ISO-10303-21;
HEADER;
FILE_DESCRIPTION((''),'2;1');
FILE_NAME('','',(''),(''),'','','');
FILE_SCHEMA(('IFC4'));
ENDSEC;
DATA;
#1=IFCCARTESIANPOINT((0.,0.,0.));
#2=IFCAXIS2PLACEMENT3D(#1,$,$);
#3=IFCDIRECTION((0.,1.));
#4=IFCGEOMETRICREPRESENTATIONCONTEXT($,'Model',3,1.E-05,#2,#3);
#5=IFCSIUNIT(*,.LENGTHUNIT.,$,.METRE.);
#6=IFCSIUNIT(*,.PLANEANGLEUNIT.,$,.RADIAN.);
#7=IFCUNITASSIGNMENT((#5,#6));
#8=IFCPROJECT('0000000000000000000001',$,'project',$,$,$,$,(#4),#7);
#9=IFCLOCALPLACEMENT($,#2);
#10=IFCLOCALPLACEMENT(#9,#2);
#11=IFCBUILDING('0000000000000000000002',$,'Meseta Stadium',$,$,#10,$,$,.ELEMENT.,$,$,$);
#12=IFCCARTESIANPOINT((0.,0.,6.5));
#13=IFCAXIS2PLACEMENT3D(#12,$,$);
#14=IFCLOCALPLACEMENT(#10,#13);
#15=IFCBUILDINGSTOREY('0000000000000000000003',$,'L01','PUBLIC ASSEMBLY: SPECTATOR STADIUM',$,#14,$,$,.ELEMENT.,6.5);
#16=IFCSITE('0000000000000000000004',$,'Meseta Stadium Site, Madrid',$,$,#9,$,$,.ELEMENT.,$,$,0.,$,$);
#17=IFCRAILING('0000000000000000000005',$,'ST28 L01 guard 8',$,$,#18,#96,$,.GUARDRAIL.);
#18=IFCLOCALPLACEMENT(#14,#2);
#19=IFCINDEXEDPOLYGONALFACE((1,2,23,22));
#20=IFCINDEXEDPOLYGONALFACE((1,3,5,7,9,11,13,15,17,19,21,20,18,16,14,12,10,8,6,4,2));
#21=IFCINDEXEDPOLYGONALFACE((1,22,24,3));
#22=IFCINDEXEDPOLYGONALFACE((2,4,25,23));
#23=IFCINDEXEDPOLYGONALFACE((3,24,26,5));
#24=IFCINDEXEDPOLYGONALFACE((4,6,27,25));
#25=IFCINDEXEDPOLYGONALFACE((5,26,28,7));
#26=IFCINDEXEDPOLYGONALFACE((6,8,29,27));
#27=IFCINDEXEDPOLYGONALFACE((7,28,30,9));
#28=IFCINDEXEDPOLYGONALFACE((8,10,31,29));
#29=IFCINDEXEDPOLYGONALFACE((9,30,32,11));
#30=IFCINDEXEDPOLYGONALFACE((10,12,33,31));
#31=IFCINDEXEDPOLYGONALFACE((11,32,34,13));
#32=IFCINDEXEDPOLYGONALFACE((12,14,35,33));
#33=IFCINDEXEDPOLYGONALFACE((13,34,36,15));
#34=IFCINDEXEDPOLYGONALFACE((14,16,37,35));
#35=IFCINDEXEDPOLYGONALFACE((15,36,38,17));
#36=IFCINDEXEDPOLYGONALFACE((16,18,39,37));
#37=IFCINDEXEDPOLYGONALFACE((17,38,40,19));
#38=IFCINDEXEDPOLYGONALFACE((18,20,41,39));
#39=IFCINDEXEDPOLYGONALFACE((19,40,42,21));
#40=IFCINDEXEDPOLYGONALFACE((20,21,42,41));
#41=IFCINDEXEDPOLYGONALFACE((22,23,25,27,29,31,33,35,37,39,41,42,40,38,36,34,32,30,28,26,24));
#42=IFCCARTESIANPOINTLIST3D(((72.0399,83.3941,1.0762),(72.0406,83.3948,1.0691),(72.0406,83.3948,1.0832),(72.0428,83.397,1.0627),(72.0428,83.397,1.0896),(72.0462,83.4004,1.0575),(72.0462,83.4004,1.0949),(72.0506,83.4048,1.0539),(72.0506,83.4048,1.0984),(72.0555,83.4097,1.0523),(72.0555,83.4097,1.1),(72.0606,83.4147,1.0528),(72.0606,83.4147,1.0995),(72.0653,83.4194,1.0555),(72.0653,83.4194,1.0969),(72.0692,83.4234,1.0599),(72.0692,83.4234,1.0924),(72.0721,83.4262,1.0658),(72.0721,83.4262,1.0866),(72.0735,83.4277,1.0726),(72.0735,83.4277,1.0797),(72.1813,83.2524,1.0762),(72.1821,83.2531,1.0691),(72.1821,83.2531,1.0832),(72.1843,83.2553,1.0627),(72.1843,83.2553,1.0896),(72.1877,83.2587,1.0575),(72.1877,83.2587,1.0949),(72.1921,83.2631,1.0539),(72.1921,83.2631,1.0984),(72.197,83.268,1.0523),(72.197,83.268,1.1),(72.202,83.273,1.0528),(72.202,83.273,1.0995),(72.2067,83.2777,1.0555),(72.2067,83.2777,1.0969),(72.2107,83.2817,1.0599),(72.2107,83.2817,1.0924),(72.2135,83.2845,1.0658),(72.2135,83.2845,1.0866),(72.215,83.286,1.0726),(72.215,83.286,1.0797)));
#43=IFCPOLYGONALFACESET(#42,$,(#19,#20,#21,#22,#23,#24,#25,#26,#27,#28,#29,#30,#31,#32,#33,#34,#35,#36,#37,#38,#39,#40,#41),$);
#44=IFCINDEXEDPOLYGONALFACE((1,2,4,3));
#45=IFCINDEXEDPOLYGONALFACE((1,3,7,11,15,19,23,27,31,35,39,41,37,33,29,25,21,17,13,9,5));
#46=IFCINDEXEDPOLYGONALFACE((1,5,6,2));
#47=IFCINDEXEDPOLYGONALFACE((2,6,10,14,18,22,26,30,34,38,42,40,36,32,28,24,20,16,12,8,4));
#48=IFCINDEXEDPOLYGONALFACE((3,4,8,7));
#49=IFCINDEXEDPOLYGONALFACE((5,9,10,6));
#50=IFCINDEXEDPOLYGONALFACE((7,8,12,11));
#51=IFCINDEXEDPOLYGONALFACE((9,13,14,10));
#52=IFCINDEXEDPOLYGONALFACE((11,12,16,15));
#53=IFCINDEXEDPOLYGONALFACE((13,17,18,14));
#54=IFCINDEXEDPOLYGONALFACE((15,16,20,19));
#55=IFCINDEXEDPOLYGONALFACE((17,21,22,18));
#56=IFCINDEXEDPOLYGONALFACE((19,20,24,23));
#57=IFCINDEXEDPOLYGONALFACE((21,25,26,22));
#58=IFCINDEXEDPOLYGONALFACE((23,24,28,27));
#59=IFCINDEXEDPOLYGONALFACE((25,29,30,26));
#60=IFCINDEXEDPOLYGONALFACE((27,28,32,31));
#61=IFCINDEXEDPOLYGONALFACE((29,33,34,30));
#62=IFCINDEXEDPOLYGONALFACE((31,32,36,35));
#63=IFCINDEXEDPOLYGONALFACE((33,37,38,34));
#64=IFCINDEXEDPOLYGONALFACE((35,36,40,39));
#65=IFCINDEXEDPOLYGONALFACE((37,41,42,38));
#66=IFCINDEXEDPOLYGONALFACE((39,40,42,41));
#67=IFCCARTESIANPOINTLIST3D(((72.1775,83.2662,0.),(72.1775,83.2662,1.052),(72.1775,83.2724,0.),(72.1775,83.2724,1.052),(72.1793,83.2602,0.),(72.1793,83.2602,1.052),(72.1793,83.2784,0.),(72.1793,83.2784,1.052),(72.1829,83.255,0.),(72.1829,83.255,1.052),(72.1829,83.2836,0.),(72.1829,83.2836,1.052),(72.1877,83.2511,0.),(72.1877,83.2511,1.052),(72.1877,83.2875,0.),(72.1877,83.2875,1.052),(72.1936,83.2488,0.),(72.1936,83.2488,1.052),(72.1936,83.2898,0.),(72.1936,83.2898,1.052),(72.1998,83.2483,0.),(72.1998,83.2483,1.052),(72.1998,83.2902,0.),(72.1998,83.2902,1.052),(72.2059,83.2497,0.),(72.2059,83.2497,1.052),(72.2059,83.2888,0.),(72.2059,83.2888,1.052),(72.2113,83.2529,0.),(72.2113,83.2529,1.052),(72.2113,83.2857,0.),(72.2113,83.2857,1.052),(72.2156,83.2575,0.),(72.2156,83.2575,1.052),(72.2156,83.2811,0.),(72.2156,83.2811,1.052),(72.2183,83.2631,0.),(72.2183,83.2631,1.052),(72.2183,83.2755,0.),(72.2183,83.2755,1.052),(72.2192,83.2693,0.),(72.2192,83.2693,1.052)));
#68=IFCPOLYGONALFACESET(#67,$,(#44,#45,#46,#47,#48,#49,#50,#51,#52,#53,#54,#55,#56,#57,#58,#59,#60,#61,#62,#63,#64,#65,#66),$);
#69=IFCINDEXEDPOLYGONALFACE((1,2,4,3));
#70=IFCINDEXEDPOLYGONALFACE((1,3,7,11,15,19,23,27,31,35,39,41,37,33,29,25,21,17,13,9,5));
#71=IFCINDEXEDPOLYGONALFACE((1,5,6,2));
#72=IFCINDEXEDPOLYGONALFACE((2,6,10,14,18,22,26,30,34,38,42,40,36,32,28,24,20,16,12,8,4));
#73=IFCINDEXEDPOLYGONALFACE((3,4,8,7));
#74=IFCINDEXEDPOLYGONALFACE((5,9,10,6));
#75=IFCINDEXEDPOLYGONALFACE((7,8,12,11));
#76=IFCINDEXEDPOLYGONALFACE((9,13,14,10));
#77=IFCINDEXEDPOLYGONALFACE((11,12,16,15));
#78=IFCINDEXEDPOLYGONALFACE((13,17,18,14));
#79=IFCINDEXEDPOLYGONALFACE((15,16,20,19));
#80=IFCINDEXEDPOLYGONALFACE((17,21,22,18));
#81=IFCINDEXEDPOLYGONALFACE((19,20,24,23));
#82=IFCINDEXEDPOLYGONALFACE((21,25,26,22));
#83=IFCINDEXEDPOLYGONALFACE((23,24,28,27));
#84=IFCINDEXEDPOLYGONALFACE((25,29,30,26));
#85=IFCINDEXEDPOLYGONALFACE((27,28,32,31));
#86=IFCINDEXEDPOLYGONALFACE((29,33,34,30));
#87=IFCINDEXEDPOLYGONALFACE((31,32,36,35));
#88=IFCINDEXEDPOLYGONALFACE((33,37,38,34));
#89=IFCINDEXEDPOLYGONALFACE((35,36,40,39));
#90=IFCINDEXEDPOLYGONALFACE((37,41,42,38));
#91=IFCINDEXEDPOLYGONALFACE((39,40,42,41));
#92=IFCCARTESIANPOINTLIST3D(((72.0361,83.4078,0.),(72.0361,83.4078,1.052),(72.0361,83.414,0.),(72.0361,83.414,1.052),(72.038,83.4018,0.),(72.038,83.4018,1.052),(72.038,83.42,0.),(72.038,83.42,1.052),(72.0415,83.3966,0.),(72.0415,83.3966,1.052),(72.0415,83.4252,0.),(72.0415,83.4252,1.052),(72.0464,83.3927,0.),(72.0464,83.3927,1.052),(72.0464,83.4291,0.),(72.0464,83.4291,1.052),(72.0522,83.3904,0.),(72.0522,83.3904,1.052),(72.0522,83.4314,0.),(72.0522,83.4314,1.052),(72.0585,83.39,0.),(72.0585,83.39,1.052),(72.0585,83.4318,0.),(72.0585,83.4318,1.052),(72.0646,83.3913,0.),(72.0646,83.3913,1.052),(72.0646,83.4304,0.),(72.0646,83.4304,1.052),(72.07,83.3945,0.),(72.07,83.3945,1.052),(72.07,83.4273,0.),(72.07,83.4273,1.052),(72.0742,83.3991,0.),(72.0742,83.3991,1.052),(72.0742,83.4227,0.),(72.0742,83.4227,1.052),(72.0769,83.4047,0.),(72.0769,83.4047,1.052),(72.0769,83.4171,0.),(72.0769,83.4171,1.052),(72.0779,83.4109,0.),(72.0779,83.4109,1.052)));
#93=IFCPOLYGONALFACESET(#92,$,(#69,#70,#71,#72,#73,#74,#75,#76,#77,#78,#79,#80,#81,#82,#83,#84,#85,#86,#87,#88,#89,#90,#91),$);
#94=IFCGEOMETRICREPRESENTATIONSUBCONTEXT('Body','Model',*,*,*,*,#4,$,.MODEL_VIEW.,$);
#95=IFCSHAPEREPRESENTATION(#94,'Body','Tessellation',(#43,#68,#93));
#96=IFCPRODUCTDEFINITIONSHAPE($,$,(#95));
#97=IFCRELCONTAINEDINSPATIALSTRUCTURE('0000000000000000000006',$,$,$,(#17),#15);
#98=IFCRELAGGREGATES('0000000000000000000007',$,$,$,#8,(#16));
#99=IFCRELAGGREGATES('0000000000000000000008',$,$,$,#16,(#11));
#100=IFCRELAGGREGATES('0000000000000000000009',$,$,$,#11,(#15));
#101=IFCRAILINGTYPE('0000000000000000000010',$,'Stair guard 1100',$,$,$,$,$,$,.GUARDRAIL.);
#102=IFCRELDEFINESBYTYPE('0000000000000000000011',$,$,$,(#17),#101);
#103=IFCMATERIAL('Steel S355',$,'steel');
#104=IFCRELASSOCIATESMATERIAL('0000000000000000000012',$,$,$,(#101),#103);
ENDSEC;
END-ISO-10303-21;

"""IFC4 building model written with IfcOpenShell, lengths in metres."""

from ifc_helpers import new_model, si_unit, direction, frame, origin, origin_2d, place, context, subcontext, project, spatial, circle, extrude, material, type_object, element, save


model = new_model("IFC4")

# Units and contexts
model_context = context("Model", 3, precision=1e-05, world=origin(), true_north=direction((0.0, 1.0)))
body_context = subcontext(model_context, "Body", "Model", "MODEL_VIEW")
ifc_project = project(units=[si_unit("LENGTHUNIT", "METRE"), si_unit("PLANEANGLEUNIT", "RADIAN")], contexts=[model_context])

# Site, building, storey
site_placement = place(None, origin())
site = spatial("IfcSite", under=ifc_project, at=site_placement, Name="Meseta Stadium Site, Madrid", CompositionType="ELEMENT", RefElevation=0.0)
building_placement = place(site_placement, origin())
building = spatial("IfcBuilding", under=site, at=building_placement, Name="Meseta Stadium", CompositionType="ELEMENT")
storey_placement = place(building_placement, frame((0.0, 0.0, 6.5)))
storey = spatial("IfcBuildingStorey", under=building, at=storey_placement, Name="L01", Description="PUBLIC ASSEMBLY: SPECTATOR STADIUM", CompositionType="ELEMENT", Elevation=6.5)

# Railing
ifc_material_1 = material(Name="Steel S355", Category="steel")
railing_type_1 = type_object("IfcRailingType", Name="Stair guard 1100", PredefinedType="GUARDRAIL", material=ifc_material_1)
railing_1_placement = place(storey_placement, frame((72.1982, 83.2693, 0.0)))
element("IfcRailing", 1, at=railing_1_placement, inside=storey, type_object=railing_type_1, Name="ST28 L01 guard 8", PredefinedType="GUARDRAIL", context=body_context, shape_type="SweptSolid", body=[
    extrude(circle(Radius=0.0239, at=origin_2d()), frame((0.0, 0.0, 1.0762), z_axis=(-0.706496, 0.707717, 0.0), x_axis=(-0.707717, -0.706496, 0.0)), (0.0, 0.0, 1.0), 0.2002),
    extrude(circle(Radius=0.021, at=origin_2d()), origin(), (0.0, 0.0, 1.0), 1.052),
    extrude(circle(Radius=0.021, at=origin_2d()), frame((-0.1414, 0.1416, 0.0)), (0.0, 0.0, 1.0), 1.052),
])

save(model, "model.ifc")
